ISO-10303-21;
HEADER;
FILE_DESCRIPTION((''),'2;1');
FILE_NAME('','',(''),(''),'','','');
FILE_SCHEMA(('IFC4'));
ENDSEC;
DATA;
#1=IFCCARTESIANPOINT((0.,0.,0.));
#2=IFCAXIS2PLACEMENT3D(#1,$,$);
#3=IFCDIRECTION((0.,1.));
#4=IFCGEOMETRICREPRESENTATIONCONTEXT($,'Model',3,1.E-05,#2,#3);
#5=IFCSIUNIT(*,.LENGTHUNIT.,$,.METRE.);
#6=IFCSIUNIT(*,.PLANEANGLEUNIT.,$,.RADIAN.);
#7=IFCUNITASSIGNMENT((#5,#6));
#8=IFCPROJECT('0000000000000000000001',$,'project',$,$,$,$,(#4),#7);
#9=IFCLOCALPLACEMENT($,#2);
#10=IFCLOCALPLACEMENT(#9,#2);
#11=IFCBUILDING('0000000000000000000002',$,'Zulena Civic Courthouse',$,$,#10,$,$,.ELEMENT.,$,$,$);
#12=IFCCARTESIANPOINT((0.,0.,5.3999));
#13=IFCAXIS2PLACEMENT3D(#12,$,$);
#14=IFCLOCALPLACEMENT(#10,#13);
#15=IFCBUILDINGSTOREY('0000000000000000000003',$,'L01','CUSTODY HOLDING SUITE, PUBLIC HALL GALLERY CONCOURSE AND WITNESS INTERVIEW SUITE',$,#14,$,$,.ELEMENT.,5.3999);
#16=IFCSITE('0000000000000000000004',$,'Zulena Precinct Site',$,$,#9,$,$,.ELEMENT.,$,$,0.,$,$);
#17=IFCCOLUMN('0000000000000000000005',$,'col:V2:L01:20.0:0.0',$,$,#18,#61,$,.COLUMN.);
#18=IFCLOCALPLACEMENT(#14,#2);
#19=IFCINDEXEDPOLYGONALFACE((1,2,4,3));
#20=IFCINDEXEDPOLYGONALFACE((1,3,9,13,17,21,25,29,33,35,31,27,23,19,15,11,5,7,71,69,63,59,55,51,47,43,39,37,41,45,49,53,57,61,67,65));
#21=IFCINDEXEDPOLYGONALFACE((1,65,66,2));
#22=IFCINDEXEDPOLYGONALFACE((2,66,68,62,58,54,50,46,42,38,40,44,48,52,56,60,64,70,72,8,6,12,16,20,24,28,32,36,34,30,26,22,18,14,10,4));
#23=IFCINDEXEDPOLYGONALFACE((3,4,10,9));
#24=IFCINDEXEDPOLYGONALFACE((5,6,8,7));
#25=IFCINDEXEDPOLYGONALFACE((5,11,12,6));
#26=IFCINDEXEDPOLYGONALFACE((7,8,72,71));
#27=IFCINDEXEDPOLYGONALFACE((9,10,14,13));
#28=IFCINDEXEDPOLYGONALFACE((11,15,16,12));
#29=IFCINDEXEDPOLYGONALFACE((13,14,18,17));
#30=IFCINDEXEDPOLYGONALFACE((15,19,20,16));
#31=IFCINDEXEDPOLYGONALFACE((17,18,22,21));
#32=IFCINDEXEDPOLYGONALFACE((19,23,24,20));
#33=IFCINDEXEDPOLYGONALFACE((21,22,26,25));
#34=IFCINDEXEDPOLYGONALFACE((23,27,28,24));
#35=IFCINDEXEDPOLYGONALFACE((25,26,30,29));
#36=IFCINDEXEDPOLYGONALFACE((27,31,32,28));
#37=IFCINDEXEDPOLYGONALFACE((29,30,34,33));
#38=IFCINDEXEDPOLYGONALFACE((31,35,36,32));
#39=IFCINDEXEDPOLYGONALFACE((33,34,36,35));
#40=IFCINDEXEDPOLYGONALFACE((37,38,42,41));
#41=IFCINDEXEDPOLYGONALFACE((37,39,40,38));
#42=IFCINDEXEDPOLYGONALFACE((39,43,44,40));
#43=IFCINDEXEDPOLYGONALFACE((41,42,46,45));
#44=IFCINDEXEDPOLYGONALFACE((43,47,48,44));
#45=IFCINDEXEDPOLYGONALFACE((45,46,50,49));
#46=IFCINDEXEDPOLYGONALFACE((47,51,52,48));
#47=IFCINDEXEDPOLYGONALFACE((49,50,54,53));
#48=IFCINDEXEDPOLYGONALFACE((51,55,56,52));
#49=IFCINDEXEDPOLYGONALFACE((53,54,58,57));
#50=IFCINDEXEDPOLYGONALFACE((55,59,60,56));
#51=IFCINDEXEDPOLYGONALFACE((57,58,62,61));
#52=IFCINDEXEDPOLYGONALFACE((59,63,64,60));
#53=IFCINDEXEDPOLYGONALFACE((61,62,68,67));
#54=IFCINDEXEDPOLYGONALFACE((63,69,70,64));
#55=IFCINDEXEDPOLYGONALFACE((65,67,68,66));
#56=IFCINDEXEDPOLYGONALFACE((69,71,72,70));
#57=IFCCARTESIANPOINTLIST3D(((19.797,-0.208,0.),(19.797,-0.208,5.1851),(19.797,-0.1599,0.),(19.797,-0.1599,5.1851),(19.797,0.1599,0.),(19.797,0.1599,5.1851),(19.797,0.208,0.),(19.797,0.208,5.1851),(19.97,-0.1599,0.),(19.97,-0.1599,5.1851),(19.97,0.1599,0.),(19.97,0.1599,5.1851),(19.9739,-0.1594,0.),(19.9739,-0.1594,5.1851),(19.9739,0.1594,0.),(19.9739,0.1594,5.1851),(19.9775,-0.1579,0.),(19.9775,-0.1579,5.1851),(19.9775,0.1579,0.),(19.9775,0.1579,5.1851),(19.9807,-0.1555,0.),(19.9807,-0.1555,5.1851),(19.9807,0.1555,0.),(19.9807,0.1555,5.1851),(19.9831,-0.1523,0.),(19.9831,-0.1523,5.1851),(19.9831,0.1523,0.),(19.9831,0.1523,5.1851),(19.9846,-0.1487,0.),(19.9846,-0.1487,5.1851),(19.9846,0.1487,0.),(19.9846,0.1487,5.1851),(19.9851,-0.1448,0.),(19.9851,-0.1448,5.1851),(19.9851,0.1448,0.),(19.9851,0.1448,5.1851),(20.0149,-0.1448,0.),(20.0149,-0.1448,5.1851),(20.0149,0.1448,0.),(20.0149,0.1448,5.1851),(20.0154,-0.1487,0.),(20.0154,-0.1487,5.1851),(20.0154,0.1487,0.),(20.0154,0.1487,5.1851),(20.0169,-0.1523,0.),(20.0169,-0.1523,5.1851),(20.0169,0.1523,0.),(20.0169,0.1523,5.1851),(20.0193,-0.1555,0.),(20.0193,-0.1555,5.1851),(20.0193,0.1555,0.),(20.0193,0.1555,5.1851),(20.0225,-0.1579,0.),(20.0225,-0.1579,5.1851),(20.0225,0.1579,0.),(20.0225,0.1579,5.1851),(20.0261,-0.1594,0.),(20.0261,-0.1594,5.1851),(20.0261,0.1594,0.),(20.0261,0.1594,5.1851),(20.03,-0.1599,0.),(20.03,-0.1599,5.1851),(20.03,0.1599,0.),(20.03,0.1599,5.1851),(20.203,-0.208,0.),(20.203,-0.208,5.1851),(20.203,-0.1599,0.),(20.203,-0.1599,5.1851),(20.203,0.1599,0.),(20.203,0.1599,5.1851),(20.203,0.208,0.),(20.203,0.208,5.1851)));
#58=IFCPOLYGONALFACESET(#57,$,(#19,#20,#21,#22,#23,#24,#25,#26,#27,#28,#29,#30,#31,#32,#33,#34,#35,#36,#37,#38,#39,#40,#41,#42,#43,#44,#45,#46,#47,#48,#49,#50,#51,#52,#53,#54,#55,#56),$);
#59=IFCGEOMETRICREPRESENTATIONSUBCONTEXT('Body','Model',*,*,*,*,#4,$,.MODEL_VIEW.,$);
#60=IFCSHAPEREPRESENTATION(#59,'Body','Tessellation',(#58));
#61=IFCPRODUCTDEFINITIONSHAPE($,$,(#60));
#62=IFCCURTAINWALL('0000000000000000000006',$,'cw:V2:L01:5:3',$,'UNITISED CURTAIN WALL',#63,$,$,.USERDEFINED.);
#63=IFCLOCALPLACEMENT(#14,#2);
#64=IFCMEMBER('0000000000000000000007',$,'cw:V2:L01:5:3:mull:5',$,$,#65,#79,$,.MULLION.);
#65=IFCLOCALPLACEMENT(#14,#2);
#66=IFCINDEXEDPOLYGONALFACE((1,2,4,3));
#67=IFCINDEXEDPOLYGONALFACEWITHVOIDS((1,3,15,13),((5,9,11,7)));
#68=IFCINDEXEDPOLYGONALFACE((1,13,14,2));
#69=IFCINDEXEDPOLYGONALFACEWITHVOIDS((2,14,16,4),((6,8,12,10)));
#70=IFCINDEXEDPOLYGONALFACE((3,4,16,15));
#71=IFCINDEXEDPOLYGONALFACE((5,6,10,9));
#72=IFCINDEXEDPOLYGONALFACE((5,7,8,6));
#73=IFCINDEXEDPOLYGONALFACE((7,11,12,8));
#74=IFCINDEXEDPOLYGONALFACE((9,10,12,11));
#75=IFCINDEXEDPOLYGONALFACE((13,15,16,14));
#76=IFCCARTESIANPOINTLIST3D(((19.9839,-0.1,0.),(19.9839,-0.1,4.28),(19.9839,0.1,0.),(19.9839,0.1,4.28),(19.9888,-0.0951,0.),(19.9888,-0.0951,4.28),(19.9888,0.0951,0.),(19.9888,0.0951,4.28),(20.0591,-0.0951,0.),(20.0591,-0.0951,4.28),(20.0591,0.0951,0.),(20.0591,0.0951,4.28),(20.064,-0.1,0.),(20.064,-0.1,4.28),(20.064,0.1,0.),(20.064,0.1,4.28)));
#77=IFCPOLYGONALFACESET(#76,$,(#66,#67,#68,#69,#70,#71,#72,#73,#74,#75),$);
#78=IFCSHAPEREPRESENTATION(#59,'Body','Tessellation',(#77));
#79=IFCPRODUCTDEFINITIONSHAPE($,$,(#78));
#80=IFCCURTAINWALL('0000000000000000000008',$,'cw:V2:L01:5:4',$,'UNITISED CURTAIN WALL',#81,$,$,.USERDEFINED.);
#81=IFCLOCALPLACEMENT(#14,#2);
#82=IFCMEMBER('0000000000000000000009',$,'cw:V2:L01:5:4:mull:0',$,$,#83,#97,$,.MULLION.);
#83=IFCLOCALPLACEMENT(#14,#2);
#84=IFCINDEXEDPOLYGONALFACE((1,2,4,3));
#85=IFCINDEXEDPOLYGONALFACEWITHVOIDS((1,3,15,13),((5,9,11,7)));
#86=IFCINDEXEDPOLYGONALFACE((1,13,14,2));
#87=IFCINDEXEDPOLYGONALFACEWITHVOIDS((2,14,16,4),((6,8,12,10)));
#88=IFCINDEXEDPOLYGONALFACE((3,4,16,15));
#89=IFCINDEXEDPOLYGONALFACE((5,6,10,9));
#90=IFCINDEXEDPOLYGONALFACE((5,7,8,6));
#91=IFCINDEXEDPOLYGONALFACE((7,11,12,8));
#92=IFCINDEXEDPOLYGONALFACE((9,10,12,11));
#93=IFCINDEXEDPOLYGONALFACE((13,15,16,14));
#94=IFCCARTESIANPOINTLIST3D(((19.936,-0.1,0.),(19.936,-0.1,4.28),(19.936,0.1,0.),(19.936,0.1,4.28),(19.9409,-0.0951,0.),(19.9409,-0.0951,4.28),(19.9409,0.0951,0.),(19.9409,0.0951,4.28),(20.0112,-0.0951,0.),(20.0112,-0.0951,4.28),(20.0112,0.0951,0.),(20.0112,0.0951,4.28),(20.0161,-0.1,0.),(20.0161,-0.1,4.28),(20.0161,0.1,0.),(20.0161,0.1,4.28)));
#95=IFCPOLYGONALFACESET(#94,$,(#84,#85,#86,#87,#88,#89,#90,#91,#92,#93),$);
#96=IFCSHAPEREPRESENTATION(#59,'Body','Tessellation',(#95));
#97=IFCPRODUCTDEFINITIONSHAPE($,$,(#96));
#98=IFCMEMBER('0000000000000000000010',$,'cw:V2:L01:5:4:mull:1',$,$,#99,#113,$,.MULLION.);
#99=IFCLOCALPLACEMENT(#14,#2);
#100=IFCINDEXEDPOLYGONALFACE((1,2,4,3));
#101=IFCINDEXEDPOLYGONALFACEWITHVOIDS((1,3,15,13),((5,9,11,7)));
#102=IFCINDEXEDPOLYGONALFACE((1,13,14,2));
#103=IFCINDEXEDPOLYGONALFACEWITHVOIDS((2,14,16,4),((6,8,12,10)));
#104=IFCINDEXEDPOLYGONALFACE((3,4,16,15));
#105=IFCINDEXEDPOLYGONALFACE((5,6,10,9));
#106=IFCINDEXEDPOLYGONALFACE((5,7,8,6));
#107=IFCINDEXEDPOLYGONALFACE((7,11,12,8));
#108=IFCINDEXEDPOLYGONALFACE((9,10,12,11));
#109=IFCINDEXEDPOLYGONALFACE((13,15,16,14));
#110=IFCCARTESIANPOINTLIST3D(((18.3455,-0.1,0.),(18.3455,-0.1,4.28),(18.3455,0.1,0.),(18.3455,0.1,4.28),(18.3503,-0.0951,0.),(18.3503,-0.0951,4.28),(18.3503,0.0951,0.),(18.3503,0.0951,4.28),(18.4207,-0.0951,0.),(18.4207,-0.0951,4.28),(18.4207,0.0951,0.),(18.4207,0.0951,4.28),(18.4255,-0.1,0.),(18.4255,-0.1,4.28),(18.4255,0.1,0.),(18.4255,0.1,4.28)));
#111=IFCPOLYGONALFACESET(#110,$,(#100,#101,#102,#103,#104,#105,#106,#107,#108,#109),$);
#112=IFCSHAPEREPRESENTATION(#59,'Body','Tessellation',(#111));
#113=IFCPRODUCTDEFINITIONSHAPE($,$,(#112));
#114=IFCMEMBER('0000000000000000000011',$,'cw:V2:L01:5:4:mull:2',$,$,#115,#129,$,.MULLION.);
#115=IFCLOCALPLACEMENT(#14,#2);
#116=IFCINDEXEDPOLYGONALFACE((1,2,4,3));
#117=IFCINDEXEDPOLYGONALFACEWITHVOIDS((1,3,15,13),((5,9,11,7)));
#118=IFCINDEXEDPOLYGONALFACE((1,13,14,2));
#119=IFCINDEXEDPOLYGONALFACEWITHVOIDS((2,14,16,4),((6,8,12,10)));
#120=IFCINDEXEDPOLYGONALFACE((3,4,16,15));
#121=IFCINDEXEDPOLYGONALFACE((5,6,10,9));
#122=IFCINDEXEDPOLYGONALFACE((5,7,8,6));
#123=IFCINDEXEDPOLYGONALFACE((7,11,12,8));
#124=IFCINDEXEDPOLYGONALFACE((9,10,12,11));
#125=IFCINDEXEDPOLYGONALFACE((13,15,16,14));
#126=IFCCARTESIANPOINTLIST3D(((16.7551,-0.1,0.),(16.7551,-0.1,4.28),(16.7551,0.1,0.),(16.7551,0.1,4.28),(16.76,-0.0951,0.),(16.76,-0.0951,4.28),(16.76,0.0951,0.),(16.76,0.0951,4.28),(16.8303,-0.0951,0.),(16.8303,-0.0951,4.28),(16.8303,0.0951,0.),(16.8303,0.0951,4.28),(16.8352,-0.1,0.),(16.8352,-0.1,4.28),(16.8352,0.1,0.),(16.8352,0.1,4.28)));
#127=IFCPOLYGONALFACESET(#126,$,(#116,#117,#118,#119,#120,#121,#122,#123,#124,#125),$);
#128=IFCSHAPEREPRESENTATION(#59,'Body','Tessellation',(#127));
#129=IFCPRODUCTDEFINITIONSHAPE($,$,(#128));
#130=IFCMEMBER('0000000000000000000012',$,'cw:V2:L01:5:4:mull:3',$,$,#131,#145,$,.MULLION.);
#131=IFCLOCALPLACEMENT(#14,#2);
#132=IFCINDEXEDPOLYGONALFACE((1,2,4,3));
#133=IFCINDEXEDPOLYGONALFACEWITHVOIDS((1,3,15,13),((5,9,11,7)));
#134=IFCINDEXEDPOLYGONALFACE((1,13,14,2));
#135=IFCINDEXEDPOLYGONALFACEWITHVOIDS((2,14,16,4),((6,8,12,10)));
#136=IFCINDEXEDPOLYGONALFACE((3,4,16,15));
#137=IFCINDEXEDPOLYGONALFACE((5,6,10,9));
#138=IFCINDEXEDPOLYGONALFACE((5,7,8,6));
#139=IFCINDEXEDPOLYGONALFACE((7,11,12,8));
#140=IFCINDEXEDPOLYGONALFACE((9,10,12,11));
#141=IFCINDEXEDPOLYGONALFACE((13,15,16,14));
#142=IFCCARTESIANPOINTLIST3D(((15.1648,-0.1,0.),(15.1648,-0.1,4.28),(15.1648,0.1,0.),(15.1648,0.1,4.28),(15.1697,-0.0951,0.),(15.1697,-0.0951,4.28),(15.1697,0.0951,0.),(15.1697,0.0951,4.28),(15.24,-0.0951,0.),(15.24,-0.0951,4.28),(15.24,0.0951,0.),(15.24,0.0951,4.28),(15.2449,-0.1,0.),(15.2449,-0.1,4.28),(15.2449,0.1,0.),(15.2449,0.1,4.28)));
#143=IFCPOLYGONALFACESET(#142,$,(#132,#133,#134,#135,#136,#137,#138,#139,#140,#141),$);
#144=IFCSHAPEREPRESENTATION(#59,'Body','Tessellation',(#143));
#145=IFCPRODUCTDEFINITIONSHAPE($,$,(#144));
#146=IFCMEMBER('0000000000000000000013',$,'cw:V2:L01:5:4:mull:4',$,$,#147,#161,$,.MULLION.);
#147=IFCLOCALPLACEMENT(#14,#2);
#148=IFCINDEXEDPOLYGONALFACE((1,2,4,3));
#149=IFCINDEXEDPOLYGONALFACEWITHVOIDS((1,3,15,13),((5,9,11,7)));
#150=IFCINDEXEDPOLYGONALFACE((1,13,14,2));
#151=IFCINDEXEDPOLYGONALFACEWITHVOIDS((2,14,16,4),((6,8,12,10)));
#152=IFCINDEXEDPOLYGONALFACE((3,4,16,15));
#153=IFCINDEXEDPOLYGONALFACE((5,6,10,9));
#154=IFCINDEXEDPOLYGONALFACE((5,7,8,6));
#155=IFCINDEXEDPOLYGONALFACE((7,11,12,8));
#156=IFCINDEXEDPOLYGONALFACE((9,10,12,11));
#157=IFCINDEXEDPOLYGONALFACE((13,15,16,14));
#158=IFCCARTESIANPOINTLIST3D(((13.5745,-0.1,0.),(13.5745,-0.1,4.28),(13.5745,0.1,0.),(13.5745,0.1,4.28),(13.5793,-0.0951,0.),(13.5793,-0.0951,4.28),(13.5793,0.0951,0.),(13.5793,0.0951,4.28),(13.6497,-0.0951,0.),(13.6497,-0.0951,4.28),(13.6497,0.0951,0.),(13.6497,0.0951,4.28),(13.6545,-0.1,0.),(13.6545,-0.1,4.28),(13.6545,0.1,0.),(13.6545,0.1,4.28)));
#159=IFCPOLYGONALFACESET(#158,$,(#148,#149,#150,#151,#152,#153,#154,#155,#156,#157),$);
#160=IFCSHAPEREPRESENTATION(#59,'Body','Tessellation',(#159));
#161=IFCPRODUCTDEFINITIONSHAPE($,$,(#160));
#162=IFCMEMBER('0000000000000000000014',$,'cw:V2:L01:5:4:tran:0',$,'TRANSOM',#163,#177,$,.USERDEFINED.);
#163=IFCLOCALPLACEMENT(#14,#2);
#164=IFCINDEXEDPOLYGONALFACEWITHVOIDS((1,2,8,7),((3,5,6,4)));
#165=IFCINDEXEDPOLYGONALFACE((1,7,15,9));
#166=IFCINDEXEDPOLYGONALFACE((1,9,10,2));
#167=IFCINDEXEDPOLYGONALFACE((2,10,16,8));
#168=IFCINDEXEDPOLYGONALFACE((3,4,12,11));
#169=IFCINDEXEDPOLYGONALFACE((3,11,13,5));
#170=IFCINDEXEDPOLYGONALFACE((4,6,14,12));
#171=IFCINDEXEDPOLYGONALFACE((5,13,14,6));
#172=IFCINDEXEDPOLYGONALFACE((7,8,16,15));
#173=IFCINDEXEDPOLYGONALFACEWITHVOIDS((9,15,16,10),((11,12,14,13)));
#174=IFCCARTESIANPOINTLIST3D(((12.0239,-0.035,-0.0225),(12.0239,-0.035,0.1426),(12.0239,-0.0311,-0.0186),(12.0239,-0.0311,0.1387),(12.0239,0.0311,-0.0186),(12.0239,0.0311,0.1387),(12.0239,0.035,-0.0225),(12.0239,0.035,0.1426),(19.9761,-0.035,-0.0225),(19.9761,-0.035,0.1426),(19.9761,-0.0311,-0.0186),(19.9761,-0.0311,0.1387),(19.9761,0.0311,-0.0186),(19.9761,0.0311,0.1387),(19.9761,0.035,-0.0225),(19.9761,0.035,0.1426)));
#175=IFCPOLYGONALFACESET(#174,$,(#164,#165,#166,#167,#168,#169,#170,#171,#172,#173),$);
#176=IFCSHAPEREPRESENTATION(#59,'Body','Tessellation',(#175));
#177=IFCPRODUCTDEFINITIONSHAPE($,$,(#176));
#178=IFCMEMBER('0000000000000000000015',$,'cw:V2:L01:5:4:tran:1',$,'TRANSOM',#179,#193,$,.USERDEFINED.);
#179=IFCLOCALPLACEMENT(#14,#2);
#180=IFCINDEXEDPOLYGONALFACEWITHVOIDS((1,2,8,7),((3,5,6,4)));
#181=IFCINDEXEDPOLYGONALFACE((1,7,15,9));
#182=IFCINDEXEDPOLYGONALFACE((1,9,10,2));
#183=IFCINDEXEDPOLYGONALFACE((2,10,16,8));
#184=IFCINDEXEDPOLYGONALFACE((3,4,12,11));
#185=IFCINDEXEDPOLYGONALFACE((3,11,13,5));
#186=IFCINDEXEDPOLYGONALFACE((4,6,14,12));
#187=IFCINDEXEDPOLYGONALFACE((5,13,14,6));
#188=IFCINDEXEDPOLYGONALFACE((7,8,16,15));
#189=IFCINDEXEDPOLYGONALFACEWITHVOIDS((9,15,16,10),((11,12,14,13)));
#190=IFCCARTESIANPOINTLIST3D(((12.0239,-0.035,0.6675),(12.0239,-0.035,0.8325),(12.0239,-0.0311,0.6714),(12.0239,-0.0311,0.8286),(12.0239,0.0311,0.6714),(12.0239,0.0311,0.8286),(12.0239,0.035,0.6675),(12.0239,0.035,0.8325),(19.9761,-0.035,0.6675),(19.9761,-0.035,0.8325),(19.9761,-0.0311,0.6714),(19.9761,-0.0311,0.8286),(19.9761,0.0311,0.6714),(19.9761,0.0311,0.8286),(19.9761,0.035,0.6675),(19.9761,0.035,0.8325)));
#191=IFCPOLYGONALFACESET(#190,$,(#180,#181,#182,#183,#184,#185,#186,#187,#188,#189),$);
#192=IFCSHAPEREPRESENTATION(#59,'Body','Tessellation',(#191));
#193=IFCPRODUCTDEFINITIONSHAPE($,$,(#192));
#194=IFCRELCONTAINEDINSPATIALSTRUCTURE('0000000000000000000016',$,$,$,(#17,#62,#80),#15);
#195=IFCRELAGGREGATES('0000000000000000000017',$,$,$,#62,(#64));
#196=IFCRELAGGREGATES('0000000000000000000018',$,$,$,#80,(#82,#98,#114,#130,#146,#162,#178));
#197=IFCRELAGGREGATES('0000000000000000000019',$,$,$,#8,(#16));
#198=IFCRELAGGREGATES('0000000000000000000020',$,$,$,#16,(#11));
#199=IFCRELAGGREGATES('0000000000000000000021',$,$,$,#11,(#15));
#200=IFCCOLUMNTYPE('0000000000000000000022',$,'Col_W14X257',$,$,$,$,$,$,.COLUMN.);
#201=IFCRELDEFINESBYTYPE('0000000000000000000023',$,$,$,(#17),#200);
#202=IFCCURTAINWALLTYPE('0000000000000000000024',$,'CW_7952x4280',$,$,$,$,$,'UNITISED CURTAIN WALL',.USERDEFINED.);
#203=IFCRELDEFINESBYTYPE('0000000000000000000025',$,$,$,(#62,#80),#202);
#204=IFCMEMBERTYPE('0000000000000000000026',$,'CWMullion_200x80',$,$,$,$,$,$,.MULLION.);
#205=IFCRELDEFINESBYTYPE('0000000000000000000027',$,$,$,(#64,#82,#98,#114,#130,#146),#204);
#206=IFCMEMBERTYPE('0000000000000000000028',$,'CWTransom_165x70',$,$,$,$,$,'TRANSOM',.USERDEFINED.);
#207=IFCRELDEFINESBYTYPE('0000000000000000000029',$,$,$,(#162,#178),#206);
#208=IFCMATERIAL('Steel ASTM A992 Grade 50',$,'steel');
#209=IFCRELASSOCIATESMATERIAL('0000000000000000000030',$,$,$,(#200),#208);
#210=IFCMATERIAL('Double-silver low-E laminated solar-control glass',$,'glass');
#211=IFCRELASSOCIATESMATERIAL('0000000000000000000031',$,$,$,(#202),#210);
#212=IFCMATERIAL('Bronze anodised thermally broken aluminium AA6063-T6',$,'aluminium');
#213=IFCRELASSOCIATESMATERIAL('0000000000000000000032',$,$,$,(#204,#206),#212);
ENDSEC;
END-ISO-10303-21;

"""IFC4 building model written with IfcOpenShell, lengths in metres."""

from ifc_helpers import new_model, si_unit, direction, frame, origin, origin_2d, place, context, subcontext, project, spatial, hollow_rectangle, i_section, extrude, material, material_profile, profile_set, type_object, element, aggregate, save


model = new_model("IFC4")

# Units and contexts
model_context = context("Model", 3, precision=1e-05, world=origin(), true_north=direction((0.0, 1.0)))
body_context = subcontext(model_context, "Body", "Model", "MODEL_VIEW")
ifc_project = project(units=[si_unit("LENGTHUNIT", "METRE"), si_unit("PLANEANGLEUNIT", "RADIAN")], contexts=[model_context])

# Site, building, storey
site_placement = place(None, origin())
site = spatial("IfcSite", under=ifc_project, at=site_placement, Name="Zulena Precinct Site", CompositionType="ELEMENT", RefElevation=0.0)
building_placement = place(site_placement, origin())
building = spatial("IfcBuilding", under=site, at=building_placement, Name="Zulena Civic Courthouse", CompositionType="ELEMENT")
storey_placement = place(building_placement, frame((0.0, 0.0, 5.3999)))
storey = spatial("IfcBuildingStorey", under=building, at=storey_placement, Name="L01", Description="CUSTODY HOLDING SUITE, PUBLIC HALL GALLERY CONCOURSE AND WITNESS INTERVIEW SUITE", CompositionType="ELEMENT", Elevation=5.3999)

# Column
ifc_material_1 = material(Name="Steel ASTM A992 Grade 50", Category="steel")
ifc_material_profile_1 = material_profile(ifc_material_1, i_section(OverallWidth=0.406, OverallDepth=0.416, WebThickness=0.0298, FlangeThickness=0.0481, FilletRadius=0.0151, at=origin_2d()), Name="W14X257")
ifc_profile_set_1 = profile_set([ifc_material_profile_1], Name="Steel ASTM A992 Grade 50")
column_type = type_object("IfcColumnType", Name="Col_W14X257", PredefinedType="COLUMN", material=ifc_profile_set_1)
column_placement = place(storey_placement, frame((20.0, 0.0, 0.0), z_axis=(0.0, 0.0, 1.0), x_axis=(1.0, 0.0, 0.0)))
element("IfcColumn", 1, at=column_placement, inside=storey, type_object=column_type, Name="col:V2:L01:20.0:0.0", PredefinedType="COLUMN", context=body_context, shape_type="SweptSolid", body=[
    extrude(i_section(OverallWidth=0.406, OverallDepth=0.416, WebThickness=0.0298, FlangeThickness=0.0481, FilletRadius=0.0151, at=origin_2d()), origin(), (0.0, 0.0, 1.0), 5.1851),
])

# Curtain wall, member
ifc_material_2 = material(Name="Double-silver low-E laminated solar-control glass", Category="glass")
curtain_wall_type = type_object("IfcCurtainWallType", Name="CW_7952x4280", ElementType="UNITISED CURTAIN WALL", PredefinedType="USERDEFINED", material=ifc_material_2)
curtain_wall_1_placement = place(storey_placement, origin())
curtain_wall_1 = element("IfcCurtainWall", 2, at=curtain_wall_1_placement, inside=storey, type_object=curtain_wall_type, Name="cw:V2:L01:5:3", ObjectType="UNITISED CURTAIN WALL", PredefinedType="USERDEFINED")
ifc_material_3 = material(Name="Bronze anodised thermally broken aluminium AA6063-T6", Category="aluminium")
ifc_material_profile_2 = material_profile(ifc_material_3, hollow_rectangle(XDim=0.0801, YDim=0.2, WallThickness=0.0049, at=origin_2d()), Name="CWM200X80X5")
ifc_profile_set_2 = profile_set([ifc_material_profile_2], Name="Bronze anodised thermally broken aluminium AA6063-T6")
member_type_1 = type_object("IfcMemberType", Name="CWMullion_200x80", PredefinedType="MULLION", material=ifc_profile_set_2)
member_1_placement = place(storey_placement, frame((20.0239, 0.0, 0.0), z_axis=(0.0, 0.0, 1.0), x_axis=(1.0, 0.0, 0.0)))
member_1 = element("IfcMember", 3, at=member_1_placement, type_object=member_type_1, Name="cw:V2:L01:5:3:mull:5", PredefinedType="MULLION", context=body_context, shape_type="SweptSolid", body=[
    extrude(hollow_rectangle(XDim=0.0801, YDim=0.2, WallThickness=0.0049, at=origin_2d()), origin(), (0.0, 0.0, 1.0), 4.28),
])
aggregate(curtain_wall_1, [member_1])

# Curtain wall, members
curtain_wall_2_placement = place(storey_placement, origin())
curtain_wall_2 = element("IfcCurtainWall", 4, at=curtain_wall_2_placement, inside=storey, type_object=curtain_wall_type, Name="cw:V2:L01:5:4", ObjectType="UNITISED CURTAIN WALL", PredefinedType="USERDEFINED")
member_2_placement = place(storey_placement, frame((19.9761, 0.0, 0.0), z_axis=(0.0, 0.0, 1.0), x_axis=(1.0, 0.0, 0.0)))
member_2 = element("IfcMember", 5, at=member_2_placement, type_object=member_type_1, Name="cw:V2:L01:5:4:mull:0", PredefinedType="MULLION", context=body_context, shape_type="SweptSolid", body=[
    extrude(hollow_rectangle(XDim=0.0801, YDim=0.2, WallThickness=0.0049, at=origin_2d()), origin(), (0.0, 0.0, 1.0), 4.28),
])
member_3_placement = place(storey_placement, frame((18.3855, 0.0, 0.0), z_axis=(0.0, 0.0, 1.0), x_axis=(1.0, 0.0, 0.0)))
member_3 = element("IfcMember", 6, at=member_3_placement, type_object=member_type_1, Name="cw:V2:L01:5:4:mull:1", PredefinedType="MULLION", context=body_context, shape_type="SweptSolid", body=[
    extrude(hollow_rectangle(XDim=0.0801, YDim=0.2, WallThickness=0.0049, at=origin_2d()), origin(), (0.0, 0.0, 1.0), 4.28),
])
member_4_placement = place(storey_placement, frame((16.7952, 0.0, 0.0), z_axis=(0.0, 0.0, 1.0), x_axis=(1.0, 0.0, 0.0)))
member_4 = element("IfcMember", 7, at=member_4_placement, type_object=member_type_1, Name="cw:V2:L01:5:4:mull:2", PredefinedType="MULLION", context=body_context, shape_type="SweptSolid", body=[
    extrude(hollow_rectangle(XDim=0.0801, YDim=0.2, WallThickness=0.0049, at=origin_2d()), origin(), (0.0, 0.0, 1.0), 4.28),
])
member_5_placement = place(storey_placement, frame((15.2048, 0.0, 0.0), z_axis=(0.0, 0.0, 1.0), x_axis=(1.0, 0.0, 0.0)))
member_5 = element("IfcMember", 8, at=member_5_placement, type_object=member_type_1, Name="cw:V2:L01:5:4:mull:3", PredefinedType="MULLION", context=body_context, shape_type="SweptSolid", body=[
    extrude(hollow_rectangle(XDim=0.0801, YDim=0.2, WallThickness=0.0049, at=origin_2d()), origin(), (0.0, 0.0, 1.0), 4.28),
])
member_6_placement = place(storey_placement, frame((13.6145, 0.0, 0.0), z_axis=(0.0, 0.0, 1.0), x_axis=(1.0, 0.0, 0.0)))
member_6 = element("IfcMember", 9, at=member_6_placement, type_object=member_type_1, Name="cw:V2:L01:5:4:mull:4", PredefinedType="MULLION", context=body_context, shape_type="SweptSolid", body=[
    extrude(hollow_rectangle(XDim=0.0801, YDim=0.2, WallThickness=0.0049, at=origin_2d()), origin(), (0.0, 0.0, 1.0), 4.28),
])
ifc_material_profile_3 = material_profile(ifc_material_3, hollow_rectangle(XDim=0.0701, YDim=0.165, WallThickness=0.0039, at=origin_2d()), Name="CWT165X70X4")
ifc_profile_set_3 = profile_set([ifc_material_profile_3], Name="Bronze anodised thermally broken aluminium AA6063-T6")
member_type_2 = type_object("IfcMemberType", Name="CWTransom_165x70", ElementType="TRANSOM", PredefinedType="USERDEFINED", material=ifc_profile_set_3)
member_7_placement = place(storey_placement, frame((19.9761, 0.0, 0.0601), z_axis=(-1.0, 0.0, 0.0), x_axis=(0.0, -1.0, 0.0)))
member_7 = element("IfcMember", 10, at=member_7_placement, type_object=member_type_2, Name="cw:V2:L01:5:4:tran:0", ObjectType="TRANSOM", PredefinedType="USERDEFINED", context=body_context, shape_type="SweptSolid", body=[
    extrude(hollow_rectangle(XDim=0.0701, YDim=0.165, WallThickness=0.0039, at=origin_2d()), origin(), (0.0, 0.0, 1.0), 7.9521),
])
member_8_placement = place(storey_placement, frame((19.9761, 0.0, 0.75), z_axis=(-1.0, 0.0, 0.0), x_axis=(0.0, -1.0, 0.0)))
member_8 = element("IfcMember", 11, at=member_8_placement, type_object=member_type_2, Name="cw:V2:L01:5:4:tran:1", ObjectType="TRANSOM", PredefinedType="USERDEFINED", context=body_context, shape_type="SweptSolid", body=[
    extrude(hollow_rectangle(XDim=0.0701, YDim=0.165, WallThickness=0.0039, at=origin_2d()), origin(), (0.0, 0.0, 1.0), 7.9521),
])
aggregate(curtain_wall_2, [member_2, member_3, member_4, member_5, member_6, member_7, member_8])

save(model, "model.ifc")
